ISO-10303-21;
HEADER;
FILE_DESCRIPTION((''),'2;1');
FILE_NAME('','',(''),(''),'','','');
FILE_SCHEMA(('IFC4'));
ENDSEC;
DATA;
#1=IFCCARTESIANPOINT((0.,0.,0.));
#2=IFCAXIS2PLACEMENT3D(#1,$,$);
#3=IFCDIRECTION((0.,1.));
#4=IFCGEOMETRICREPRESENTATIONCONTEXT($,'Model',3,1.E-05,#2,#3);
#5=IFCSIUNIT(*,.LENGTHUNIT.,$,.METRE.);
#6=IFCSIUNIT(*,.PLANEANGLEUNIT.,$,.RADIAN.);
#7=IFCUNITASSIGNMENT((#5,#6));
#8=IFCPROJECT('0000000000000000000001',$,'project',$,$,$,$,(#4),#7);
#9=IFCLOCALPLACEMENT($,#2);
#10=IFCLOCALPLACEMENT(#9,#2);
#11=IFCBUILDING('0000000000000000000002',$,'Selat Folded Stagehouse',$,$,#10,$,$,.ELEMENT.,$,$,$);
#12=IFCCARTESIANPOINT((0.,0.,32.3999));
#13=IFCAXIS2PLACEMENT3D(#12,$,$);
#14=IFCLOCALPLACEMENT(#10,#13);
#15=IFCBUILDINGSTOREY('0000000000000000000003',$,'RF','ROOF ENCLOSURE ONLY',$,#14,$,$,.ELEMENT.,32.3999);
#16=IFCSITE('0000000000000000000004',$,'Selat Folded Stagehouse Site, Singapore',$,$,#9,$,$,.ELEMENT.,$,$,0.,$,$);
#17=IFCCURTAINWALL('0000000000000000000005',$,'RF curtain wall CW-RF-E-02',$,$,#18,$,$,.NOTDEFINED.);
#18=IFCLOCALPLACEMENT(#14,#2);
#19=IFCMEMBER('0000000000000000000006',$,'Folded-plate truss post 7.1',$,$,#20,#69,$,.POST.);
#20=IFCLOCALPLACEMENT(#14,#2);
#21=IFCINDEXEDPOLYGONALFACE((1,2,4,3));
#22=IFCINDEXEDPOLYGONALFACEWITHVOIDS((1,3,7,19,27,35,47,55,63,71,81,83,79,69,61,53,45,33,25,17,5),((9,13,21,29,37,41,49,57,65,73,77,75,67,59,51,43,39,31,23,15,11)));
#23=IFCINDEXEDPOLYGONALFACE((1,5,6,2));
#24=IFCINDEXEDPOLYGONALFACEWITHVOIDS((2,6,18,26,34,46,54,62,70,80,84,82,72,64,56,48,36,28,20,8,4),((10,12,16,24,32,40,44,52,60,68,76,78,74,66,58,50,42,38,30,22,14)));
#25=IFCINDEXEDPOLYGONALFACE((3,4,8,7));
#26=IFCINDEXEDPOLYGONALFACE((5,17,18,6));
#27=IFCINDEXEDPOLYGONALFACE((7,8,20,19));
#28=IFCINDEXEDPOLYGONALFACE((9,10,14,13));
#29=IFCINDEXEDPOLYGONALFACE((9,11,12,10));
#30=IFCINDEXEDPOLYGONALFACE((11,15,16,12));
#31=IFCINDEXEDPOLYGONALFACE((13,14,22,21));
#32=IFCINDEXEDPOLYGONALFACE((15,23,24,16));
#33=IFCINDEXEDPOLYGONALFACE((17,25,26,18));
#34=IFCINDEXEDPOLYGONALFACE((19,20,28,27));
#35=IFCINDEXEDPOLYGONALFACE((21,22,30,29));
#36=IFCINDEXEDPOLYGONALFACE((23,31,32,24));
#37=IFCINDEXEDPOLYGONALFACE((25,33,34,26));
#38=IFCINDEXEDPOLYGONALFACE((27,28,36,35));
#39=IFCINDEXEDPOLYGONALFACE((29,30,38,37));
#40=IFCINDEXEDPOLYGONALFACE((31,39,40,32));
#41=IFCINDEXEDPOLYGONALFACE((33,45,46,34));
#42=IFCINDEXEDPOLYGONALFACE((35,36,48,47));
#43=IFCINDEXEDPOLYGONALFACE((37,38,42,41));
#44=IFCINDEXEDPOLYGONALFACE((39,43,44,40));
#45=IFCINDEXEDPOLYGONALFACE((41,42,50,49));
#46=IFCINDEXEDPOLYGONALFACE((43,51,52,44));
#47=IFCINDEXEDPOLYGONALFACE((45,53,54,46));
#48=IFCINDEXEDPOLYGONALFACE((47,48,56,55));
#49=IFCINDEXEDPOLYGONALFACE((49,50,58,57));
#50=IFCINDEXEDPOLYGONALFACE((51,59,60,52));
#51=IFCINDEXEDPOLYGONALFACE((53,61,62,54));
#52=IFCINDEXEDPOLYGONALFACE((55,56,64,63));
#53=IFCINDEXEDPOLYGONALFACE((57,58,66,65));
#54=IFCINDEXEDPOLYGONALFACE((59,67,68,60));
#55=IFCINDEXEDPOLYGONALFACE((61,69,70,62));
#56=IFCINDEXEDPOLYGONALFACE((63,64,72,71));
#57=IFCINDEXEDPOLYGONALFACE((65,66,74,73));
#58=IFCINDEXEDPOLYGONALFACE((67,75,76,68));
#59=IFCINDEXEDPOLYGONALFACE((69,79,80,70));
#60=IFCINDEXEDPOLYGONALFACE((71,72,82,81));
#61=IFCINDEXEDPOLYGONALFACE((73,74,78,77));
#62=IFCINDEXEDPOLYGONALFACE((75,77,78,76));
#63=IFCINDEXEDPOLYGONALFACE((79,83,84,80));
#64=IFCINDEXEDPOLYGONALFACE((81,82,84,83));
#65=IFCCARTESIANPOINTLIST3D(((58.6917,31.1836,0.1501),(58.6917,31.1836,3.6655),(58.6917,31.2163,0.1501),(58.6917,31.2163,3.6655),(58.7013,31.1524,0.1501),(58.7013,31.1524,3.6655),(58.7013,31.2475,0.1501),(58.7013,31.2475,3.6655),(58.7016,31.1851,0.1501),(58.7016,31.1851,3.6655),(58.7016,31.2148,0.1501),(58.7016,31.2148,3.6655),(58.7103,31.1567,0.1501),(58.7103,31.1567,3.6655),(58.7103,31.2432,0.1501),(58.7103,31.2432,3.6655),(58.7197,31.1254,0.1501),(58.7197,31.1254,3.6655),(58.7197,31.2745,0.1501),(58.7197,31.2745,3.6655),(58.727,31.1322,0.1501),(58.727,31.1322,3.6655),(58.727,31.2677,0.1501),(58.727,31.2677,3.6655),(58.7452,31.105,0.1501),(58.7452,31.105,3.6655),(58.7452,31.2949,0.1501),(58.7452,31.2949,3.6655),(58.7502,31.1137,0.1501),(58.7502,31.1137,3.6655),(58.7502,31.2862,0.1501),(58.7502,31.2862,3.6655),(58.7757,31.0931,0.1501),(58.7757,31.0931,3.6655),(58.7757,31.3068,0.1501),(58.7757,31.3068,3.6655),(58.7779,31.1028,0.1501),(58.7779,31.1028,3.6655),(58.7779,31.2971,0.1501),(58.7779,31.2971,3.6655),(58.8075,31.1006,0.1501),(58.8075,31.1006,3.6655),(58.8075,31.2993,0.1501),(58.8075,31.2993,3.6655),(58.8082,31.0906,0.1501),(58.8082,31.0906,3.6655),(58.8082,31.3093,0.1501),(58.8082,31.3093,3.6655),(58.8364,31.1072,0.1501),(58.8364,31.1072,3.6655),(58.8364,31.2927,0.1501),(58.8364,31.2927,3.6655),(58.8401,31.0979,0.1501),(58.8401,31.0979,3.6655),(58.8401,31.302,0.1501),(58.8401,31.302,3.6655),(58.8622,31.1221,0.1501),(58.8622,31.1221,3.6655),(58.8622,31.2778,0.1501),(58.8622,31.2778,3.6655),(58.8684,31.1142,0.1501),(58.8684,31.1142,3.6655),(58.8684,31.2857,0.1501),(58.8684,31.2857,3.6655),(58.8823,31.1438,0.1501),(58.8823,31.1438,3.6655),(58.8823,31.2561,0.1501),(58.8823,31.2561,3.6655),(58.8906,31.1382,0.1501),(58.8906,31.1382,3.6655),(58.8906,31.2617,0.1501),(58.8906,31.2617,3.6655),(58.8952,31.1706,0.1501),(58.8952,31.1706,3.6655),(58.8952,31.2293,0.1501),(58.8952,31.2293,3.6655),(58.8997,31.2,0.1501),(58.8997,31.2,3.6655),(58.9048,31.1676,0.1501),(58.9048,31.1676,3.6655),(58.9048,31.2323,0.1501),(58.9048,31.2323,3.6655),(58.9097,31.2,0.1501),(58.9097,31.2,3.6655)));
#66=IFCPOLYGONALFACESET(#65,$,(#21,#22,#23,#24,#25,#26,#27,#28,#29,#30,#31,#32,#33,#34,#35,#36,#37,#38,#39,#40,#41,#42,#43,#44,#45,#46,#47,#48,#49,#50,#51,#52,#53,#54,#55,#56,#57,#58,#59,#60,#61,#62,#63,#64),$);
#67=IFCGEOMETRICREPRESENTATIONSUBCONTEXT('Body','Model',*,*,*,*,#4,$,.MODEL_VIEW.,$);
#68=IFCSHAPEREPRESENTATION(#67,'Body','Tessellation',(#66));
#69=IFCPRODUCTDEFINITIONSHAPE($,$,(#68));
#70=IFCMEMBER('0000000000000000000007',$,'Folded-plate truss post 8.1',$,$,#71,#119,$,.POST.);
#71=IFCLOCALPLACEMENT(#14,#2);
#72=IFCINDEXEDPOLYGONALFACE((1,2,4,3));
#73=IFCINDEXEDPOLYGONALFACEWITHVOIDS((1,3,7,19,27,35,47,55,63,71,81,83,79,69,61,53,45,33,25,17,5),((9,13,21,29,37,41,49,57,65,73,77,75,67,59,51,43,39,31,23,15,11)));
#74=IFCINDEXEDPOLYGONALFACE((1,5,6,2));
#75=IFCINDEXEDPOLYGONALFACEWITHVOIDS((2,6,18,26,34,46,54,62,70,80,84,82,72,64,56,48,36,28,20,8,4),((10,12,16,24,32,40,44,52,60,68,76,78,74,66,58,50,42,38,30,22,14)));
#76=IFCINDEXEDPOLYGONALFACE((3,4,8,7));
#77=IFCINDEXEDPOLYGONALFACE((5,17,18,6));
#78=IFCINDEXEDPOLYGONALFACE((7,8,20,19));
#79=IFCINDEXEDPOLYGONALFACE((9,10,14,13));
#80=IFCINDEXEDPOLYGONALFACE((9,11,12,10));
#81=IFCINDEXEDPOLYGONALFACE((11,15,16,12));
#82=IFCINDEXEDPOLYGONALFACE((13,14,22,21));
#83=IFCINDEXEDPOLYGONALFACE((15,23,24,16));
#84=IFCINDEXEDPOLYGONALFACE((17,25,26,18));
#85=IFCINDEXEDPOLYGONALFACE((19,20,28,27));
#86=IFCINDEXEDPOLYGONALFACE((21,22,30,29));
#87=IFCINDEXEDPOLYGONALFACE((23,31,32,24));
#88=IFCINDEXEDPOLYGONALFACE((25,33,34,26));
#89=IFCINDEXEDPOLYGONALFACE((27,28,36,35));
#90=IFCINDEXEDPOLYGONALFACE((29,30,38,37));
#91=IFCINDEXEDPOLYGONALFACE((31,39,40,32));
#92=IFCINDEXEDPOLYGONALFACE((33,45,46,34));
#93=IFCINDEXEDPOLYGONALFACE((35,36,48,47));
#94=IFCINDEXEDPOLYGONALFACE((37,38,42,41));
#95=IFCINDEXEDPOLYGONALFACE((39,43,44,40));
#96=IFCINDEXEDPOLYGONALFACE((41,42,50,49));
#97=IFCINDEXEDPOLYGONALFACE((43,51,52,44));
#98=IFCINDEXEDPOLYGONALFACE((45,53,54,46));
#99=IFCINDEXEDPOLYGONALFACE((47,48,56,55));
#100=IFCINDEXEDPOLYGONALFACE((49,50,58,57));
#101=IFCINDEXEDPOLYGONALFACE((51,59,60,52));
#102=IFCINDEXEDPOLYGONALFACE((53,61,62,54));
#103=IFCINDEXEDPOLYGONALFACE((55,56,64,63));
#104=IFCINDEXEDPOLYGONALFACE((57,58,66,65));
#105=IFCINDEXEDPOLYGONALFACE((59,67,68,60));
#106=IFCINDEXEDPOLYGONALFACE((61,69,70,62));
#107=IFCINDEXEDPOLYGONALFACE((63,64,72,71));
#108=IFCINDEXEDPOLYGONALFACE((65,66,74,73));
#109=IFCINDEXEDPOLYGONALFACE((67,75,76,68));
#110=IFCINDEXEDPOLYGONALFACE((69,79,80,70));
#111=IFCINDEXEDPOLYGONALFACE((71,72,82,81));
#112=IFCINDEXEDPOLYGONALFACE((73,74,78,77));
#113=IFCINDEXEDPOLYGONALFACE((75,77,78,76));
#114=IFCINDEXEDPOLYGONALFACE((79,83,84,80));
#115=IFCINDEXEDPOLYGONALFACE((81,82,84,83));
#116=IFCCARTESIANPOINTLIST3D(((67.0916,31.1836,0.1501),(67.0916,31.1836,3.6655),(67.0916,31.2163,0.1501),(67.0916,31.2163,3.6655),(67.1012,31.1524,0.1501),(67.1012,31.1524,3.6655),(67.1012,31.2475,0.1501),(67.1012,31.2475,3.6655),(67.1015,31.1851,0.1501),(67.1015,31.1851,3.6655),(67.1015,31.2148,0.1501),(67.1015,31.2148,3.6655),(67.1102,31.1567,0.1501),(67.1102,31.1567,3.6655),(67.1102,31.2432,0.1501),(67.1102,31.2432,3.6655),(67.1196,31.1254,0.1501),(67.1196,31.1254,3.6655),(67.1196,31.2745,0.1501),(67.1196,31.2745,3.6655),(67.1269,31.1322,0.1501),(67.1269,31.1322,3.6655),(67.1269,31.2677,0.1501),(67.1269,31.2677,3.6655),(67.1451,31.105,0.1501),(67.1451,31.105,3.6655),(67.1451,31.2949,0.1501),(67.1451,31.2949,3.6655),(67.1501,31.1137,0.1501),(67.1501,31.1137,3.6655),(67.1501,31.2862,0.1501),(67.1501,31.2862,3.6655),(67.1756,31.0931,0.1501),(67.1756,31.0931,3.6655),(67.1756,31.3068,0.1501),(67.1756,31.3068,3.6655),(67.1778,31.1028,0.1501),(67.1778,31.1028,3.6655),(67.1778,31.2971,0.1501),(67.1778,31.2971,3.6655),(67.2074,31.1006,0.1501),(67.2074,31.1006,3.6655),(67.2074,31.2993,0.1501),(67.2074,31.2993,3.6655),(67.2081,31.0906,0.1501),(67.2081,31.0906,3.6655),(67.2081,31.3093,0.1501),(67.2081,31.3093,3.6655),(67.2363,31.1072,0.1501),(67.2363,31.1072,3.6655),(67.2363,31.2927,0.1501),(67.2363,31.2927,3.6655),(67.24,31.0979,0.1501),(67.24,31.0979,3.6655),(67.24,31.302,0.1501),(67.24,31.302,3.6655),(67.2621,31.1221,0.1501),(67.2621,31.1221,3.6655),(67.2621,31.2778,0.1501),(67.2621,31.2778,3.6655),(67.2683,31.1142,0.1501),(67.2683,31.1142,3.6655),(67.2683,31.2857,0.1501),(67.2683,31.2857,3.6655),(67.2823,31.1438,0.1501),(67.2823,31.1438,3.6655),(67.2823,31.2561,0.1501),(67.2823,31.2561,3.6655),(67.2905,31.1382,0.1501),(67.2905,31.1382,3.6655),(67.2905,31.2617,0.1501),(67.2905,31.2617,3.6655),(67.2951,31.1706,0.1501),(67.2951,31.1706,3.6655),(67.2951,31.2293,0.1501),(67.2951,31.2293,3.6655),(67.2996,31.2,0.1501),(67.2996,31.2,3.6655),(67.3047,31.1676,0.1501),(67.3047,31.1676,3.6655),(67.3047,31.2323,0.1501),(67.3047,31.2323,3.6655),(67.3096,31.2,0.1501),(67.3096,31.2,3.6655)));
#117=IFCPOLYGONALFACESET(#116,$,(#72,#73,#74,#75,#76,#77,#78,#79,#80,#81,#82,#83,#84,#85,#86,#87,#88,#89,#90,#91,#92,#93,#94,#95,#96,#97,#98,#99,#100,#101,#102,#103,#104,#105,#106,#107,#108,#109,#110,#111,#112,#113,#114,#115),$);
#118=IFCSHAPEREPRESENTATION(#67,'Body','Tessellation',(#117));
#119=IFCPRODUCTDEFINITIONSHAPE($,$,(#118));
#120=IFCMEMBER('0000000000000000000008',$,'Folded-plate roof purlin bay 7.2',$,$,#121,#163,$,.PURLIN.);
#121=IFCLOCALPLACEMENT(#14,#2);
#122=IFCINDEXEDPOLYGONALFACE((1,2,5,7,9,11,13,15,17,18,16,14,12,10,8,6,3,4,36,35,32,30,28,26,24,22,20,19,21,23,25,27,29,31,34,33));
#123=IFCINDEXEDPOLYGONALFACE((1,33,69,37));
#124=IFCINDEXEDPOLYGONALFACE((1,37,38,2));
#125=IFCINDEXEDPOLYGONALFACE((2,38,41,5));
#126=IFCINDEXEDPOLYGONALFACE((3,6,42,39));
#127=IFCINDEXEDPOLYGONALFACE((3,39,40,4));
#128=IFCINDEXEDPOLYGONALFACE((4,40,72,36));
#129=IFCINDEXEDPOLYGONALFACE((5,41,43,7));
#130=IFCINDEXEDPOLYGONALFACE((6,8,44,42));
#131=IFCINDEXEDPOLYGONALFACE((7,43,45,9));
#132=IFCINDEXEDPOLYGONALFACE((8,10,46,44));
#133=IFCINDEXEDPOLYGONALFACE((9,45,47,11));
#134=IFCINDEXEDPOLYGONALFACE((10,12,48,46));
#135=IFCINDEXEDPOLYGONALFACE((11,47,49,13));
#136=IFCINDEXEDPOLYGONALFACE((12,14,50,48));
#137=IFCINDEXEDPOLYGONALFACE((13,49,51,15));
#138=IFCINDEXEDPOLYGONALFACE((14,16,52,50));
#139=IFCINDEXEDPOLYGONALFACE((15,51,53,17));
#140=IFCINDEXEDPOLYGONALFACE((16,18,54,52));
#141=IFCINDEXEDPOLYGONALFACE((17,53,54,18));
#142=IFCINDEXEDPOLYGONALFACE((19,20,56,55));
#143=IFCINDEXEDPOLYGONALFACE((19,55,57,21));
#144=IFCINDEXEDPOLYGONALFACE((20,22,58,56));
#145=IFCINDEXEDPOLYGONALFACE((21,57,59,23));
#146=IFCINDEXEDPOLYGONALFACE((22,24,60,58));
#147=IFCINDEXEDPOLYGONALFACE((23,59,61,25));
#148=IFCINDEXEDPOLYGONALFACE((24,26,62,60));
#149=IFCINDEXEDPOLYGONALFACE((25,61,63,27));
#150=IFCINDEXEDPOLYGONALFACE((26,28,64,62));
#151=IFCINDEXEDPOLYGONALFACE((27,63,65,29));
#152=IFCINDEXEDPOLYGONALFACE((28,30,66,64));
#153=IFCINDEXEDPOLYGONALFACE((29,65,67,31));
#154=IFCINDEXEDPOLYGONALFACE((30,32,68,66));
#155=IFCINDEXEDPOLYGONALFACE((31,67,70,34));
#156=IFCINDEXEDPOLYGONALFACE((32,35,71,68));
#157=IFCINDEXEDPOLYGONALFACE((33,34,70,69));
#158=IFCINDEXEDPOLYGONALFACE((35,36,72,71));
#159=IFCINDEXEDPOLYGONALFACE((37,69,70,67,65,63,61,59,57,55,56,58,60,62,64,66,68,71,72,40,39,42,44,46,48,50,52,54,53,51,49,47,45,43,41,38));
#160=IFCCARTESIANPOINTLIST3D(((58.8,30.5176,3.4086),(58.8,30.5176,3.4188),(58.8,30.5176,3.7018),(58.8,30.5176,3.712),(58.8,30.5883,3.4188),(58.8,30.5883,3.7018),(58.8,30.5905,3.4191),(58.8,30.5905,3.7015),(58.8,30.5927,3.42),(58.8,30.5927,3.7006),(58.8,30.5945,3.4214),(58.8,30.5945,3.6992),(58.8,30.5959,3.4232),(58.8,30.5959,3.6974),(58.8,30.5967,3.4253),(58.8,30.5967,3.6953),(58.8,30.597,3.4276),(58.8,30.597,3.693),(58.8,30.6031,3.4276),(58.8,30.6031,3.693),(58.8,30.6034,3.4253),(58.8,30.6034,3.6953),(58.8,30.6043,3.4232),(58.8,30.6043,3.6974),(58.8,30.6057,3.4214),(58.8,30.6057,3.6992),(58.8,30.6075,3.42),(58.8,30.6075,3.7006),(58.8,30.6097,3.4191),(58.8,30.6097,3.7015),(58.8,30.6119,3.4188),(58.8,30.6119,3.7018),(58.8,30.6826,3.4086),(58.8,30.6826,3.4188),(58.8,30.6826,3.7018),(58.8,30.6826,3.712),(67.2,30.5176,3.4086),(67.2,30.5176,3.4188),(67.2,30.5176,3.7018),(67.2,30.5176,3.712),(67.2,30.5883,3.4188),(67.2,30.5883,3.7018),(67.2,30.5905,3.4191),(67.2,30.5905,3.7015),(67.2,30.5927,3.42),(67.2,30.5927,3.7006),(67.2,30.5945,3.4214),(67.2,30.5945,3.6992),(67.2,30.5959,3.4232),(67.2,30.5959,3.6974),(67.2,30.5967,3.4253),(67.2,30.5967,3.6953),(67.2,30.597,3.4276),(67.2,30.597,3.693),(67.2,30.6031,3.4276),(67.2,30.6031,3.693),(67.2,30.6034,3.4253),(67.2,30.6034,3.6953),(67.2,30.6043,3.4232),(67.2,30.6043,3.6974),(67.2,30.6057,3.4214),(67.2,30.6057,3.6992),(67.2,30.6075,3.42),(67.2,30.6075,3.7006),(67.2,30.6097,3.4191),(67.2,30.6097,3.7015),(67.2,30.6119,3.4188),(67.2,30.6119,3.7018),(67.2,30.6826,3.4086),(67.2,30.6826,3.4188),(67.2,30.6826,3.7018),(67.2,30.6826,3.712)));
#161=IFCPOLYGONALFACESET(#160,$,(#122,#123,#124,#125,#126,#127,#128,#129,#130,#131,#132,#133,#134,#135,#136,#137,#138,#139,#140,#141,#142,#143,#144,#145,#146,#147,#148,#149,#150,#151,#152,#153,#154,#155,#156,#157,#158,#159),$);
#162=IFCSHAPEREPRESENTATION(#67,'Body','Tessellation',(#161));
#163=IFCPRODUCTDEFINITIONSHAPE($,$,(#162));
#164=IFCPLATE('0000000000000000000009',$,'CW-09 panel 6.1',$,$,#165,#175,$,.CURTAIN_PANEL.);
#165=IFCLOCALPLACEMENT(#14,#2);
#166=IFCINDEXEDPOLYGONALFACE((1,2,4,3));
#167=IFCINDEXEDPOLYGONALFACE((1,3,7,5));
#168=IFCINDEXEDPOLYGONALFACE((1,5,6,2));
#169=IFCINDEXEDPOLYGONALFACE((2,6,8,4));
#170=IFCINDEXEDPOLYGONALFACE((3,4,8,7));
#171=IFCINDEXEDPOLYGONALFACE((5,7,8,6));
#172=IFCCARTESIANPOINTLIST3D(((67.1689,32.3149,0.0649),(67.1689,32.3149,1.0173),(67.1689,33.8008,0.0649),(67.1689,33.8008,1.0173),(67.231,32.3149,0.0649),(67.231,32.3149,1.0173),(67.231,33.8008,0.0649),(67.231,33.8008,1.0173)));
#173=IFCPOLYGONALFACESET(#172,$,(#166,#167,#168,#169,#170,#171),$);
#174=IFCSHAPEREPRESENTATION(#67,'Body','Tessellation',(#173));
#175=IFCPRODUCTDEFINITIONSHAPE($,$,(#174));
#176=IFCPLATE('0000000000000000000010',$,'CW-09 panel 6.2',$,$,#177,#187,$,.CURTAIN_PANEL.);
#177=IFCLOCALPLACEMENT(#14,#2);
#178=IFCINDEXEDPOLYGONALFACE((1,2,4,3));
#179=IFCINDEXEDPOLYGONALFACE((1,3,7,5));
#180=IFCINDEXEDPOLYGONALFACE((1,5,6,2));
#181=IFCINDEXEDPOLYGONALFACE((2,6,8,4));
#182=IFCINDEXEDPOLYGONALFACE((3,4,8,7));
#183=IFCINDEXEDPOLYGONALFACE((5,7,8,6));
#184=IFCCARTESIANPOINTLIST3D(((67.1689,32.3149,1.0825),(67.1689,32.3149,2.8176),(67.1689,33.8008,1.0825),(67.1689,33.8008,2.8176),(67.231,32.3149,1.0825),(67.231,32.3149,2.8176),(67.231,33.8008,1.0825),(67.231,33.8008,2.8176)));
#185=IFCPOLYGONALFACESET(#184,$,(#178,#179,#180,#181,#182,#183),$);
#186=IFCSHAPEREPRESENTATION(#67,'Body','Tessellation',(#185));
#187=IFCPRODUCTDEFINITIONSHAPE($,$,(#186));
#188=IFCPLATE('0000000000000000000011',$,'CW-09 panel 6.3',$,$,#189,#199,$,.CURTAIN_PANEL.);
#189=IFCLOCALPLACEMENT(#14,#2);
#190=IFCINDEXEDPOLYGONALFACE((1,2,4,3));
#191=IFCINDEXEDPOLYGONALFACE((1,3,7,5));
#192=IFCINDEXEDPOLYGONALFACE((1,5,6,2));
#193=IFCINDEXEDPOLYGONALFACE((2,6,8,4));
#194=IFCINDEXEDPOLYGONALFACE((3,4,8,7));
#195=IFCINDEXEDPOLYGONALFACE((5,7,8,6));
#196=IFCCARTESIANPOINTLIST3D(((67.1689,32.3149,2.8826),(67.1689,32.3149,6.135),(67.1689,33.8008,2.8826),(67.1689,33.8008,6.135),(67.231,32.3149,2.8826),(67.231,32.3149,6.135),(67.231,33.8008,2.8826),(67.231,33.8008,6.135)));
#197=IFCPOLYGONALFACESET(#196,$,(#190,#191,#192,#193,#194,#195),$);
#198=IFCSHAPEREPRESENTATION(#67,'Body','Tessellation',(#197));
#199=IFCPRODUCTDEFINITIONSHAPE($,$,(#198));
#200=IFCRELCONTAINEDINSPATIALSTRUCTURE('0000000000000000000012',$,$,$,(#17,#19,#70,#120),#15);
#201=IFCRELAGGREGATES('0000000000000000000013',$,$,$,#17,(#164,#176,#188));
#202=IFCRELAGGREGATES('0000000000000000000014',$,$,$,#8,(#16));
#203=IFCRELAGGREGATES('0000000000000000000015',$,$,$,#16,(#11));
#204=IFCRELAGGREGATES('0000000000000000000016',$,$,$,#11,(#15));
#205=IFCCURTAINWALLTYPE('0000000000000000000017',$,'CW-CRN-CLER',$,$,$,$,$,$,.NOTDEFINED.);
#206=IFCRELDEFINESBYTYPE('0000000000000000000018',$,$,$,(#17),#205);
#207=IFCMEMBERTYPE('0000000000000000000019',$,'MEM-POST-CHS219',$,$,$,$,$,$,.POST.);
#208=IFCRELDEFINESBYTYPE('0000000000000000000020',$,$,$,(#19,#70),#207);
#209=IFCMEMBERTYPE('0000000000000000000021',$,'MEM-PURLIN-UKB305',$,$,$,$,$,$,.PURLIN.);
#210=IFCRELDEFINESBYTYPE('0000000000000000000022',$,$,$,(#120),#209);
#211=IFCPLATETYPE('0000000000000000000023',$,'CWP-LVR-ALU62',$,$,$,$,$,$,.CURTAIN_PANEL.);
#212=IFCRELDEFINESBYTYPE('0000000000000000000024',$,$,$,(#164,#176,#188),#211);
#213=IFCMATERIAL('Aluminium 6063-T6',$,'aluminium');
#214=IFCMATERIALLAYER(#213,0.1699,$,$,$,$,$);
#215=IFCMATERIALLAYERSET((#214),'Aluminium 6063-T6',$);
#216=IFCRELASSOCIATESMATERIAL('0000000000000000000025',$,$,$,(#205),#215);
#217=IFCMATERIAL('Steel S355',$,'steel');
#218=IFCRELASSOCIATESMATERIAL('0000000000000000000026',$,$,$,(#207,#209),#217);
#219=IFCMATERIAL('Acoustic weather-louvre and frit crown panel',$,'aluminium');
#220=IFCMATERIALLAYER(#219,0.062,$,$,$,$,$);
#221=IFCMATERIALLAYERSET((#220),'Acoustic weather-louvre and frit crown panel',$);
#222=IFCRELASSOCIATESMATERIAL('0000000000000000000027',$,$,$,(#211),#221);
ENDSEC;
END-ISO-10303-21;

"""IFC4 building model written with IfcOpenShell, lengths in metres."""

from ifc_helpers import new_model, si_unit, direction, frame, origin, origin_2d, place, context, subcontext, project, spatial, rectangle, hollow_circle, i_section, extrude, material, layer, layer_set, material_profile, profile_set, type_object, element, aggregate, save


model = new_model("IFC4")

# Units and contexts
model_context = context("Model", 3, precision=1e-05, world=origin(), true_north=direction((0.0, 1.0)))
body_context = subcontext(model_context, "Body", "Model", "MODEL_VIEW")
ifc_project = project(units=[si_unit("LENGTHUNIT", "METRE"), si_unit("PLANEANGLEUNIT", "RADIAN")], contexts=[model_context])

# Site, building, storey
site_placement = place(None, origin())
site = spatial("IfcSite", under=ifc_project, at=site_placement, Name="Selat Folded Stagehouse Site, Singapore", CompositionType="ELEMENT", RefElevation=0.0)
building_placement = place(site_placement, origin())
building = spatial("IfcBuilding", under=site, at=building_placement, Name="Selat Folded Stagehouse", CompositionType="ELEMENT")
storey_placement = place(building_placement, frame((0.0, 0.0, 32.3999)))
storey = spatial("IfcBuildingStorey", under=building, at=storey_placement, Name="RF", Description="ROOF ENCLOSURE ONLY", CompositionType="ELEMENT", Elevation=32.3999)

# Curtain wall
ifc_material_1 = material(Name="Aluminium 6063-T6", Category="aluminium")
ifc_layer_1 = layer(ifc_material_1, 0.1699)
ifc_layer_set_1 = layer_set([ifc_layer_1], Name="Aluminium 6063-T6")
curtain_wall_type = type_object("IfcCurtainWallType", Name="CW-CRN-CLER", PredefinedType="NOTDEFINED", material=ifc_layer_set_1)
curtain_wall_1_placement = place(storey_placement, origin())
curtain_wall_1 = element("IfcCurtainWall", 1, at=curtain_wall_1_placement, inside=storey, type_object=curtain_wall_type, Name="RF curtain wall CW-RF-E-02", PredefinedType="NOTDEFINED")

# Members
ifc_material_2 = material(Name="Steel S355", Category="steel")
ifc_material_profile_1 = material_profile(ifc_material_2, hollow_circle(Radius=0.1096, WallThickness=0.01, at=origin_2d()), Name="CHS 219.1x10.0")
ifc_profile_set_1 = profile_set([ifc_material_profile_1], Name="Steel S355")
member_type_1 = type_object("IfcMemberType", Name="MEM-POST-CHS219", PredefinedType="POST", material=ifc_profile_set_1)
for number, where, z_axis, x_axis, name in (
    (2, (58.8, 31.2, 0.1501), (0.0, 0.0, 1.0), (1.0, 0.0, 0.0), "Folded-plate truss post 7.1"),
    (3, (67.2, 31.2, 0.1501), (0.0, 0.0, 1.0), (1.0, 0.0, 0.0), "Folded-plate truss post 8.1"),
):
    element("IfcMember", number, at=place(storey_placement, frame(where, z_axis=z_axis, x_axis=x_axis)), inside=storey, type_object=member_type_1, Name=name, PredefinedType="POST", context=body_context, shape_type="SweptSolid", body=[
        extrude(hollow_circle(Radius=0.1096, WallThickness=0.01, at=origin_2d()), origin(), (0.0, 0.0, 1.0), 3.5154),
    ])
ifc_material_profile_2 = material_profile(ifc_material_2, i_section(OverallWidth=0.165, OverallDepth=0.3035, WebThickness=0.0061, FlangeThickness=0.0103, FilletRadius=0.0088, at=origin_2d()), Name="UKB 305x165x40")
ifc_profile_set_2 = profile_set([ifc_material_profile_2], Name="Steel S355")
member_type_2 = type_object("IfcMemberType", Name="MEM-PURLIN-UKB305", PredefinedType="PURLIN", material=ifc_profile_set_2)
member_1_placement = place(storey_placement, frame((58.8, 30.6001, 3.5603), z_axis=(1.0, 0.0, 0.0), x_axis=(0.0, 1.0, 0.0)))
element("IfcMember", 4, at=member_1_placement, inside=storey, type_object=member_type_2, Name="Folded-plate roof purlin bay 7.2", PredefinedType="PURLIN", context=body_context, shape_type="SweptSolid", body=[
    extrude(i_section(OverallWidth=0.165, OverallDepth=0.3035, WebThickness=0.0061, FlangeThickness=0.0103, FilletRadius=0.0088, at=origin_2d()), origin(), (0.0, 0.0, 1.0), 8.3999),
])

# Plates
ifc_material_3 = material(Name="Acoustic weather-louvre and frit crown panel", Category="aluminium")
ifc_layer_2 = layer(ifc_material_3, 0.062)
ifc_layer_set_2 = layer_set([ifc_layer_2], Name="Acoustic weather-louvre and frit crown panel")
plate_type_1 = type_object("IfcPlateType", Name="CWP-LVR-ALU62", PredefinedType="CURTAIN_PANEL", material=ifc_layer_set_2)
plate_1_placement = place(storey_placement, frame((67.2, 33.0579, 0.0649), z_axis=(0.0, 0.0, 1.0), x_axis=(0.0, -1.0, 0.0)))
plate_1 = element("IfcPlate", 5, at=plate_1_placement, type_object=plate_type_1, Name="CW-09 panel 6.1", PredefinedType="CURTAIN_PANEL", context=body_context, shape_type="SweptSolid", body=[
    extrude(rectangle(XDim=1.4858, YDim=0.062, at=origin_2d()), origin(), (0.0, 0.0, 1.0), 0.9524),
])
plate_2_placement = place(storey_placement, frame((67.2, 33.0579, 1.0825), z_axis=(0.0, 0.0, 1.0), x_axis=(0.0, -1.0, 0.0)))
plate_2 = element("IfcPlate", 6, at=plate_2_placement, type_object=plate_type_1, Name="CW-09 panel 6.2", PredefinedType="CURTAIN_PANEL", context=body_context, shape_type="SweptSolid", body=[
    extrude(rectangle(XDim=1.4858, YDim=0.062, at=origin_2d()), origin(), (0.0, 0.0, 1.0), 1.7351),
])
plate_3_placement = place(storey_placement, frame((67.2, 33.0579, 2.8826), z_axis=(0.0, 0.0, 1.0), x_axis=(0.0, -1.0, 0.0)))
plate_3 = element("IfcPlate", 7, at=plate_3_placement, type_object=plate_type_1, Name="CW-09 panel 6.3", PredefinedType="CURTAIN_PANEL", context=body_context, shape_type="SweptSolid", body=[
    extrude(rectangle(XDim=1.4858, YDim=0.062, at=origin_2d()), origin(), (0.0, 0.0, 1.0), 3.2524),
])
aggregate(curtain_wall_1, [plate_1, plate_2, plate_3])

save(model, "model.ifc")
